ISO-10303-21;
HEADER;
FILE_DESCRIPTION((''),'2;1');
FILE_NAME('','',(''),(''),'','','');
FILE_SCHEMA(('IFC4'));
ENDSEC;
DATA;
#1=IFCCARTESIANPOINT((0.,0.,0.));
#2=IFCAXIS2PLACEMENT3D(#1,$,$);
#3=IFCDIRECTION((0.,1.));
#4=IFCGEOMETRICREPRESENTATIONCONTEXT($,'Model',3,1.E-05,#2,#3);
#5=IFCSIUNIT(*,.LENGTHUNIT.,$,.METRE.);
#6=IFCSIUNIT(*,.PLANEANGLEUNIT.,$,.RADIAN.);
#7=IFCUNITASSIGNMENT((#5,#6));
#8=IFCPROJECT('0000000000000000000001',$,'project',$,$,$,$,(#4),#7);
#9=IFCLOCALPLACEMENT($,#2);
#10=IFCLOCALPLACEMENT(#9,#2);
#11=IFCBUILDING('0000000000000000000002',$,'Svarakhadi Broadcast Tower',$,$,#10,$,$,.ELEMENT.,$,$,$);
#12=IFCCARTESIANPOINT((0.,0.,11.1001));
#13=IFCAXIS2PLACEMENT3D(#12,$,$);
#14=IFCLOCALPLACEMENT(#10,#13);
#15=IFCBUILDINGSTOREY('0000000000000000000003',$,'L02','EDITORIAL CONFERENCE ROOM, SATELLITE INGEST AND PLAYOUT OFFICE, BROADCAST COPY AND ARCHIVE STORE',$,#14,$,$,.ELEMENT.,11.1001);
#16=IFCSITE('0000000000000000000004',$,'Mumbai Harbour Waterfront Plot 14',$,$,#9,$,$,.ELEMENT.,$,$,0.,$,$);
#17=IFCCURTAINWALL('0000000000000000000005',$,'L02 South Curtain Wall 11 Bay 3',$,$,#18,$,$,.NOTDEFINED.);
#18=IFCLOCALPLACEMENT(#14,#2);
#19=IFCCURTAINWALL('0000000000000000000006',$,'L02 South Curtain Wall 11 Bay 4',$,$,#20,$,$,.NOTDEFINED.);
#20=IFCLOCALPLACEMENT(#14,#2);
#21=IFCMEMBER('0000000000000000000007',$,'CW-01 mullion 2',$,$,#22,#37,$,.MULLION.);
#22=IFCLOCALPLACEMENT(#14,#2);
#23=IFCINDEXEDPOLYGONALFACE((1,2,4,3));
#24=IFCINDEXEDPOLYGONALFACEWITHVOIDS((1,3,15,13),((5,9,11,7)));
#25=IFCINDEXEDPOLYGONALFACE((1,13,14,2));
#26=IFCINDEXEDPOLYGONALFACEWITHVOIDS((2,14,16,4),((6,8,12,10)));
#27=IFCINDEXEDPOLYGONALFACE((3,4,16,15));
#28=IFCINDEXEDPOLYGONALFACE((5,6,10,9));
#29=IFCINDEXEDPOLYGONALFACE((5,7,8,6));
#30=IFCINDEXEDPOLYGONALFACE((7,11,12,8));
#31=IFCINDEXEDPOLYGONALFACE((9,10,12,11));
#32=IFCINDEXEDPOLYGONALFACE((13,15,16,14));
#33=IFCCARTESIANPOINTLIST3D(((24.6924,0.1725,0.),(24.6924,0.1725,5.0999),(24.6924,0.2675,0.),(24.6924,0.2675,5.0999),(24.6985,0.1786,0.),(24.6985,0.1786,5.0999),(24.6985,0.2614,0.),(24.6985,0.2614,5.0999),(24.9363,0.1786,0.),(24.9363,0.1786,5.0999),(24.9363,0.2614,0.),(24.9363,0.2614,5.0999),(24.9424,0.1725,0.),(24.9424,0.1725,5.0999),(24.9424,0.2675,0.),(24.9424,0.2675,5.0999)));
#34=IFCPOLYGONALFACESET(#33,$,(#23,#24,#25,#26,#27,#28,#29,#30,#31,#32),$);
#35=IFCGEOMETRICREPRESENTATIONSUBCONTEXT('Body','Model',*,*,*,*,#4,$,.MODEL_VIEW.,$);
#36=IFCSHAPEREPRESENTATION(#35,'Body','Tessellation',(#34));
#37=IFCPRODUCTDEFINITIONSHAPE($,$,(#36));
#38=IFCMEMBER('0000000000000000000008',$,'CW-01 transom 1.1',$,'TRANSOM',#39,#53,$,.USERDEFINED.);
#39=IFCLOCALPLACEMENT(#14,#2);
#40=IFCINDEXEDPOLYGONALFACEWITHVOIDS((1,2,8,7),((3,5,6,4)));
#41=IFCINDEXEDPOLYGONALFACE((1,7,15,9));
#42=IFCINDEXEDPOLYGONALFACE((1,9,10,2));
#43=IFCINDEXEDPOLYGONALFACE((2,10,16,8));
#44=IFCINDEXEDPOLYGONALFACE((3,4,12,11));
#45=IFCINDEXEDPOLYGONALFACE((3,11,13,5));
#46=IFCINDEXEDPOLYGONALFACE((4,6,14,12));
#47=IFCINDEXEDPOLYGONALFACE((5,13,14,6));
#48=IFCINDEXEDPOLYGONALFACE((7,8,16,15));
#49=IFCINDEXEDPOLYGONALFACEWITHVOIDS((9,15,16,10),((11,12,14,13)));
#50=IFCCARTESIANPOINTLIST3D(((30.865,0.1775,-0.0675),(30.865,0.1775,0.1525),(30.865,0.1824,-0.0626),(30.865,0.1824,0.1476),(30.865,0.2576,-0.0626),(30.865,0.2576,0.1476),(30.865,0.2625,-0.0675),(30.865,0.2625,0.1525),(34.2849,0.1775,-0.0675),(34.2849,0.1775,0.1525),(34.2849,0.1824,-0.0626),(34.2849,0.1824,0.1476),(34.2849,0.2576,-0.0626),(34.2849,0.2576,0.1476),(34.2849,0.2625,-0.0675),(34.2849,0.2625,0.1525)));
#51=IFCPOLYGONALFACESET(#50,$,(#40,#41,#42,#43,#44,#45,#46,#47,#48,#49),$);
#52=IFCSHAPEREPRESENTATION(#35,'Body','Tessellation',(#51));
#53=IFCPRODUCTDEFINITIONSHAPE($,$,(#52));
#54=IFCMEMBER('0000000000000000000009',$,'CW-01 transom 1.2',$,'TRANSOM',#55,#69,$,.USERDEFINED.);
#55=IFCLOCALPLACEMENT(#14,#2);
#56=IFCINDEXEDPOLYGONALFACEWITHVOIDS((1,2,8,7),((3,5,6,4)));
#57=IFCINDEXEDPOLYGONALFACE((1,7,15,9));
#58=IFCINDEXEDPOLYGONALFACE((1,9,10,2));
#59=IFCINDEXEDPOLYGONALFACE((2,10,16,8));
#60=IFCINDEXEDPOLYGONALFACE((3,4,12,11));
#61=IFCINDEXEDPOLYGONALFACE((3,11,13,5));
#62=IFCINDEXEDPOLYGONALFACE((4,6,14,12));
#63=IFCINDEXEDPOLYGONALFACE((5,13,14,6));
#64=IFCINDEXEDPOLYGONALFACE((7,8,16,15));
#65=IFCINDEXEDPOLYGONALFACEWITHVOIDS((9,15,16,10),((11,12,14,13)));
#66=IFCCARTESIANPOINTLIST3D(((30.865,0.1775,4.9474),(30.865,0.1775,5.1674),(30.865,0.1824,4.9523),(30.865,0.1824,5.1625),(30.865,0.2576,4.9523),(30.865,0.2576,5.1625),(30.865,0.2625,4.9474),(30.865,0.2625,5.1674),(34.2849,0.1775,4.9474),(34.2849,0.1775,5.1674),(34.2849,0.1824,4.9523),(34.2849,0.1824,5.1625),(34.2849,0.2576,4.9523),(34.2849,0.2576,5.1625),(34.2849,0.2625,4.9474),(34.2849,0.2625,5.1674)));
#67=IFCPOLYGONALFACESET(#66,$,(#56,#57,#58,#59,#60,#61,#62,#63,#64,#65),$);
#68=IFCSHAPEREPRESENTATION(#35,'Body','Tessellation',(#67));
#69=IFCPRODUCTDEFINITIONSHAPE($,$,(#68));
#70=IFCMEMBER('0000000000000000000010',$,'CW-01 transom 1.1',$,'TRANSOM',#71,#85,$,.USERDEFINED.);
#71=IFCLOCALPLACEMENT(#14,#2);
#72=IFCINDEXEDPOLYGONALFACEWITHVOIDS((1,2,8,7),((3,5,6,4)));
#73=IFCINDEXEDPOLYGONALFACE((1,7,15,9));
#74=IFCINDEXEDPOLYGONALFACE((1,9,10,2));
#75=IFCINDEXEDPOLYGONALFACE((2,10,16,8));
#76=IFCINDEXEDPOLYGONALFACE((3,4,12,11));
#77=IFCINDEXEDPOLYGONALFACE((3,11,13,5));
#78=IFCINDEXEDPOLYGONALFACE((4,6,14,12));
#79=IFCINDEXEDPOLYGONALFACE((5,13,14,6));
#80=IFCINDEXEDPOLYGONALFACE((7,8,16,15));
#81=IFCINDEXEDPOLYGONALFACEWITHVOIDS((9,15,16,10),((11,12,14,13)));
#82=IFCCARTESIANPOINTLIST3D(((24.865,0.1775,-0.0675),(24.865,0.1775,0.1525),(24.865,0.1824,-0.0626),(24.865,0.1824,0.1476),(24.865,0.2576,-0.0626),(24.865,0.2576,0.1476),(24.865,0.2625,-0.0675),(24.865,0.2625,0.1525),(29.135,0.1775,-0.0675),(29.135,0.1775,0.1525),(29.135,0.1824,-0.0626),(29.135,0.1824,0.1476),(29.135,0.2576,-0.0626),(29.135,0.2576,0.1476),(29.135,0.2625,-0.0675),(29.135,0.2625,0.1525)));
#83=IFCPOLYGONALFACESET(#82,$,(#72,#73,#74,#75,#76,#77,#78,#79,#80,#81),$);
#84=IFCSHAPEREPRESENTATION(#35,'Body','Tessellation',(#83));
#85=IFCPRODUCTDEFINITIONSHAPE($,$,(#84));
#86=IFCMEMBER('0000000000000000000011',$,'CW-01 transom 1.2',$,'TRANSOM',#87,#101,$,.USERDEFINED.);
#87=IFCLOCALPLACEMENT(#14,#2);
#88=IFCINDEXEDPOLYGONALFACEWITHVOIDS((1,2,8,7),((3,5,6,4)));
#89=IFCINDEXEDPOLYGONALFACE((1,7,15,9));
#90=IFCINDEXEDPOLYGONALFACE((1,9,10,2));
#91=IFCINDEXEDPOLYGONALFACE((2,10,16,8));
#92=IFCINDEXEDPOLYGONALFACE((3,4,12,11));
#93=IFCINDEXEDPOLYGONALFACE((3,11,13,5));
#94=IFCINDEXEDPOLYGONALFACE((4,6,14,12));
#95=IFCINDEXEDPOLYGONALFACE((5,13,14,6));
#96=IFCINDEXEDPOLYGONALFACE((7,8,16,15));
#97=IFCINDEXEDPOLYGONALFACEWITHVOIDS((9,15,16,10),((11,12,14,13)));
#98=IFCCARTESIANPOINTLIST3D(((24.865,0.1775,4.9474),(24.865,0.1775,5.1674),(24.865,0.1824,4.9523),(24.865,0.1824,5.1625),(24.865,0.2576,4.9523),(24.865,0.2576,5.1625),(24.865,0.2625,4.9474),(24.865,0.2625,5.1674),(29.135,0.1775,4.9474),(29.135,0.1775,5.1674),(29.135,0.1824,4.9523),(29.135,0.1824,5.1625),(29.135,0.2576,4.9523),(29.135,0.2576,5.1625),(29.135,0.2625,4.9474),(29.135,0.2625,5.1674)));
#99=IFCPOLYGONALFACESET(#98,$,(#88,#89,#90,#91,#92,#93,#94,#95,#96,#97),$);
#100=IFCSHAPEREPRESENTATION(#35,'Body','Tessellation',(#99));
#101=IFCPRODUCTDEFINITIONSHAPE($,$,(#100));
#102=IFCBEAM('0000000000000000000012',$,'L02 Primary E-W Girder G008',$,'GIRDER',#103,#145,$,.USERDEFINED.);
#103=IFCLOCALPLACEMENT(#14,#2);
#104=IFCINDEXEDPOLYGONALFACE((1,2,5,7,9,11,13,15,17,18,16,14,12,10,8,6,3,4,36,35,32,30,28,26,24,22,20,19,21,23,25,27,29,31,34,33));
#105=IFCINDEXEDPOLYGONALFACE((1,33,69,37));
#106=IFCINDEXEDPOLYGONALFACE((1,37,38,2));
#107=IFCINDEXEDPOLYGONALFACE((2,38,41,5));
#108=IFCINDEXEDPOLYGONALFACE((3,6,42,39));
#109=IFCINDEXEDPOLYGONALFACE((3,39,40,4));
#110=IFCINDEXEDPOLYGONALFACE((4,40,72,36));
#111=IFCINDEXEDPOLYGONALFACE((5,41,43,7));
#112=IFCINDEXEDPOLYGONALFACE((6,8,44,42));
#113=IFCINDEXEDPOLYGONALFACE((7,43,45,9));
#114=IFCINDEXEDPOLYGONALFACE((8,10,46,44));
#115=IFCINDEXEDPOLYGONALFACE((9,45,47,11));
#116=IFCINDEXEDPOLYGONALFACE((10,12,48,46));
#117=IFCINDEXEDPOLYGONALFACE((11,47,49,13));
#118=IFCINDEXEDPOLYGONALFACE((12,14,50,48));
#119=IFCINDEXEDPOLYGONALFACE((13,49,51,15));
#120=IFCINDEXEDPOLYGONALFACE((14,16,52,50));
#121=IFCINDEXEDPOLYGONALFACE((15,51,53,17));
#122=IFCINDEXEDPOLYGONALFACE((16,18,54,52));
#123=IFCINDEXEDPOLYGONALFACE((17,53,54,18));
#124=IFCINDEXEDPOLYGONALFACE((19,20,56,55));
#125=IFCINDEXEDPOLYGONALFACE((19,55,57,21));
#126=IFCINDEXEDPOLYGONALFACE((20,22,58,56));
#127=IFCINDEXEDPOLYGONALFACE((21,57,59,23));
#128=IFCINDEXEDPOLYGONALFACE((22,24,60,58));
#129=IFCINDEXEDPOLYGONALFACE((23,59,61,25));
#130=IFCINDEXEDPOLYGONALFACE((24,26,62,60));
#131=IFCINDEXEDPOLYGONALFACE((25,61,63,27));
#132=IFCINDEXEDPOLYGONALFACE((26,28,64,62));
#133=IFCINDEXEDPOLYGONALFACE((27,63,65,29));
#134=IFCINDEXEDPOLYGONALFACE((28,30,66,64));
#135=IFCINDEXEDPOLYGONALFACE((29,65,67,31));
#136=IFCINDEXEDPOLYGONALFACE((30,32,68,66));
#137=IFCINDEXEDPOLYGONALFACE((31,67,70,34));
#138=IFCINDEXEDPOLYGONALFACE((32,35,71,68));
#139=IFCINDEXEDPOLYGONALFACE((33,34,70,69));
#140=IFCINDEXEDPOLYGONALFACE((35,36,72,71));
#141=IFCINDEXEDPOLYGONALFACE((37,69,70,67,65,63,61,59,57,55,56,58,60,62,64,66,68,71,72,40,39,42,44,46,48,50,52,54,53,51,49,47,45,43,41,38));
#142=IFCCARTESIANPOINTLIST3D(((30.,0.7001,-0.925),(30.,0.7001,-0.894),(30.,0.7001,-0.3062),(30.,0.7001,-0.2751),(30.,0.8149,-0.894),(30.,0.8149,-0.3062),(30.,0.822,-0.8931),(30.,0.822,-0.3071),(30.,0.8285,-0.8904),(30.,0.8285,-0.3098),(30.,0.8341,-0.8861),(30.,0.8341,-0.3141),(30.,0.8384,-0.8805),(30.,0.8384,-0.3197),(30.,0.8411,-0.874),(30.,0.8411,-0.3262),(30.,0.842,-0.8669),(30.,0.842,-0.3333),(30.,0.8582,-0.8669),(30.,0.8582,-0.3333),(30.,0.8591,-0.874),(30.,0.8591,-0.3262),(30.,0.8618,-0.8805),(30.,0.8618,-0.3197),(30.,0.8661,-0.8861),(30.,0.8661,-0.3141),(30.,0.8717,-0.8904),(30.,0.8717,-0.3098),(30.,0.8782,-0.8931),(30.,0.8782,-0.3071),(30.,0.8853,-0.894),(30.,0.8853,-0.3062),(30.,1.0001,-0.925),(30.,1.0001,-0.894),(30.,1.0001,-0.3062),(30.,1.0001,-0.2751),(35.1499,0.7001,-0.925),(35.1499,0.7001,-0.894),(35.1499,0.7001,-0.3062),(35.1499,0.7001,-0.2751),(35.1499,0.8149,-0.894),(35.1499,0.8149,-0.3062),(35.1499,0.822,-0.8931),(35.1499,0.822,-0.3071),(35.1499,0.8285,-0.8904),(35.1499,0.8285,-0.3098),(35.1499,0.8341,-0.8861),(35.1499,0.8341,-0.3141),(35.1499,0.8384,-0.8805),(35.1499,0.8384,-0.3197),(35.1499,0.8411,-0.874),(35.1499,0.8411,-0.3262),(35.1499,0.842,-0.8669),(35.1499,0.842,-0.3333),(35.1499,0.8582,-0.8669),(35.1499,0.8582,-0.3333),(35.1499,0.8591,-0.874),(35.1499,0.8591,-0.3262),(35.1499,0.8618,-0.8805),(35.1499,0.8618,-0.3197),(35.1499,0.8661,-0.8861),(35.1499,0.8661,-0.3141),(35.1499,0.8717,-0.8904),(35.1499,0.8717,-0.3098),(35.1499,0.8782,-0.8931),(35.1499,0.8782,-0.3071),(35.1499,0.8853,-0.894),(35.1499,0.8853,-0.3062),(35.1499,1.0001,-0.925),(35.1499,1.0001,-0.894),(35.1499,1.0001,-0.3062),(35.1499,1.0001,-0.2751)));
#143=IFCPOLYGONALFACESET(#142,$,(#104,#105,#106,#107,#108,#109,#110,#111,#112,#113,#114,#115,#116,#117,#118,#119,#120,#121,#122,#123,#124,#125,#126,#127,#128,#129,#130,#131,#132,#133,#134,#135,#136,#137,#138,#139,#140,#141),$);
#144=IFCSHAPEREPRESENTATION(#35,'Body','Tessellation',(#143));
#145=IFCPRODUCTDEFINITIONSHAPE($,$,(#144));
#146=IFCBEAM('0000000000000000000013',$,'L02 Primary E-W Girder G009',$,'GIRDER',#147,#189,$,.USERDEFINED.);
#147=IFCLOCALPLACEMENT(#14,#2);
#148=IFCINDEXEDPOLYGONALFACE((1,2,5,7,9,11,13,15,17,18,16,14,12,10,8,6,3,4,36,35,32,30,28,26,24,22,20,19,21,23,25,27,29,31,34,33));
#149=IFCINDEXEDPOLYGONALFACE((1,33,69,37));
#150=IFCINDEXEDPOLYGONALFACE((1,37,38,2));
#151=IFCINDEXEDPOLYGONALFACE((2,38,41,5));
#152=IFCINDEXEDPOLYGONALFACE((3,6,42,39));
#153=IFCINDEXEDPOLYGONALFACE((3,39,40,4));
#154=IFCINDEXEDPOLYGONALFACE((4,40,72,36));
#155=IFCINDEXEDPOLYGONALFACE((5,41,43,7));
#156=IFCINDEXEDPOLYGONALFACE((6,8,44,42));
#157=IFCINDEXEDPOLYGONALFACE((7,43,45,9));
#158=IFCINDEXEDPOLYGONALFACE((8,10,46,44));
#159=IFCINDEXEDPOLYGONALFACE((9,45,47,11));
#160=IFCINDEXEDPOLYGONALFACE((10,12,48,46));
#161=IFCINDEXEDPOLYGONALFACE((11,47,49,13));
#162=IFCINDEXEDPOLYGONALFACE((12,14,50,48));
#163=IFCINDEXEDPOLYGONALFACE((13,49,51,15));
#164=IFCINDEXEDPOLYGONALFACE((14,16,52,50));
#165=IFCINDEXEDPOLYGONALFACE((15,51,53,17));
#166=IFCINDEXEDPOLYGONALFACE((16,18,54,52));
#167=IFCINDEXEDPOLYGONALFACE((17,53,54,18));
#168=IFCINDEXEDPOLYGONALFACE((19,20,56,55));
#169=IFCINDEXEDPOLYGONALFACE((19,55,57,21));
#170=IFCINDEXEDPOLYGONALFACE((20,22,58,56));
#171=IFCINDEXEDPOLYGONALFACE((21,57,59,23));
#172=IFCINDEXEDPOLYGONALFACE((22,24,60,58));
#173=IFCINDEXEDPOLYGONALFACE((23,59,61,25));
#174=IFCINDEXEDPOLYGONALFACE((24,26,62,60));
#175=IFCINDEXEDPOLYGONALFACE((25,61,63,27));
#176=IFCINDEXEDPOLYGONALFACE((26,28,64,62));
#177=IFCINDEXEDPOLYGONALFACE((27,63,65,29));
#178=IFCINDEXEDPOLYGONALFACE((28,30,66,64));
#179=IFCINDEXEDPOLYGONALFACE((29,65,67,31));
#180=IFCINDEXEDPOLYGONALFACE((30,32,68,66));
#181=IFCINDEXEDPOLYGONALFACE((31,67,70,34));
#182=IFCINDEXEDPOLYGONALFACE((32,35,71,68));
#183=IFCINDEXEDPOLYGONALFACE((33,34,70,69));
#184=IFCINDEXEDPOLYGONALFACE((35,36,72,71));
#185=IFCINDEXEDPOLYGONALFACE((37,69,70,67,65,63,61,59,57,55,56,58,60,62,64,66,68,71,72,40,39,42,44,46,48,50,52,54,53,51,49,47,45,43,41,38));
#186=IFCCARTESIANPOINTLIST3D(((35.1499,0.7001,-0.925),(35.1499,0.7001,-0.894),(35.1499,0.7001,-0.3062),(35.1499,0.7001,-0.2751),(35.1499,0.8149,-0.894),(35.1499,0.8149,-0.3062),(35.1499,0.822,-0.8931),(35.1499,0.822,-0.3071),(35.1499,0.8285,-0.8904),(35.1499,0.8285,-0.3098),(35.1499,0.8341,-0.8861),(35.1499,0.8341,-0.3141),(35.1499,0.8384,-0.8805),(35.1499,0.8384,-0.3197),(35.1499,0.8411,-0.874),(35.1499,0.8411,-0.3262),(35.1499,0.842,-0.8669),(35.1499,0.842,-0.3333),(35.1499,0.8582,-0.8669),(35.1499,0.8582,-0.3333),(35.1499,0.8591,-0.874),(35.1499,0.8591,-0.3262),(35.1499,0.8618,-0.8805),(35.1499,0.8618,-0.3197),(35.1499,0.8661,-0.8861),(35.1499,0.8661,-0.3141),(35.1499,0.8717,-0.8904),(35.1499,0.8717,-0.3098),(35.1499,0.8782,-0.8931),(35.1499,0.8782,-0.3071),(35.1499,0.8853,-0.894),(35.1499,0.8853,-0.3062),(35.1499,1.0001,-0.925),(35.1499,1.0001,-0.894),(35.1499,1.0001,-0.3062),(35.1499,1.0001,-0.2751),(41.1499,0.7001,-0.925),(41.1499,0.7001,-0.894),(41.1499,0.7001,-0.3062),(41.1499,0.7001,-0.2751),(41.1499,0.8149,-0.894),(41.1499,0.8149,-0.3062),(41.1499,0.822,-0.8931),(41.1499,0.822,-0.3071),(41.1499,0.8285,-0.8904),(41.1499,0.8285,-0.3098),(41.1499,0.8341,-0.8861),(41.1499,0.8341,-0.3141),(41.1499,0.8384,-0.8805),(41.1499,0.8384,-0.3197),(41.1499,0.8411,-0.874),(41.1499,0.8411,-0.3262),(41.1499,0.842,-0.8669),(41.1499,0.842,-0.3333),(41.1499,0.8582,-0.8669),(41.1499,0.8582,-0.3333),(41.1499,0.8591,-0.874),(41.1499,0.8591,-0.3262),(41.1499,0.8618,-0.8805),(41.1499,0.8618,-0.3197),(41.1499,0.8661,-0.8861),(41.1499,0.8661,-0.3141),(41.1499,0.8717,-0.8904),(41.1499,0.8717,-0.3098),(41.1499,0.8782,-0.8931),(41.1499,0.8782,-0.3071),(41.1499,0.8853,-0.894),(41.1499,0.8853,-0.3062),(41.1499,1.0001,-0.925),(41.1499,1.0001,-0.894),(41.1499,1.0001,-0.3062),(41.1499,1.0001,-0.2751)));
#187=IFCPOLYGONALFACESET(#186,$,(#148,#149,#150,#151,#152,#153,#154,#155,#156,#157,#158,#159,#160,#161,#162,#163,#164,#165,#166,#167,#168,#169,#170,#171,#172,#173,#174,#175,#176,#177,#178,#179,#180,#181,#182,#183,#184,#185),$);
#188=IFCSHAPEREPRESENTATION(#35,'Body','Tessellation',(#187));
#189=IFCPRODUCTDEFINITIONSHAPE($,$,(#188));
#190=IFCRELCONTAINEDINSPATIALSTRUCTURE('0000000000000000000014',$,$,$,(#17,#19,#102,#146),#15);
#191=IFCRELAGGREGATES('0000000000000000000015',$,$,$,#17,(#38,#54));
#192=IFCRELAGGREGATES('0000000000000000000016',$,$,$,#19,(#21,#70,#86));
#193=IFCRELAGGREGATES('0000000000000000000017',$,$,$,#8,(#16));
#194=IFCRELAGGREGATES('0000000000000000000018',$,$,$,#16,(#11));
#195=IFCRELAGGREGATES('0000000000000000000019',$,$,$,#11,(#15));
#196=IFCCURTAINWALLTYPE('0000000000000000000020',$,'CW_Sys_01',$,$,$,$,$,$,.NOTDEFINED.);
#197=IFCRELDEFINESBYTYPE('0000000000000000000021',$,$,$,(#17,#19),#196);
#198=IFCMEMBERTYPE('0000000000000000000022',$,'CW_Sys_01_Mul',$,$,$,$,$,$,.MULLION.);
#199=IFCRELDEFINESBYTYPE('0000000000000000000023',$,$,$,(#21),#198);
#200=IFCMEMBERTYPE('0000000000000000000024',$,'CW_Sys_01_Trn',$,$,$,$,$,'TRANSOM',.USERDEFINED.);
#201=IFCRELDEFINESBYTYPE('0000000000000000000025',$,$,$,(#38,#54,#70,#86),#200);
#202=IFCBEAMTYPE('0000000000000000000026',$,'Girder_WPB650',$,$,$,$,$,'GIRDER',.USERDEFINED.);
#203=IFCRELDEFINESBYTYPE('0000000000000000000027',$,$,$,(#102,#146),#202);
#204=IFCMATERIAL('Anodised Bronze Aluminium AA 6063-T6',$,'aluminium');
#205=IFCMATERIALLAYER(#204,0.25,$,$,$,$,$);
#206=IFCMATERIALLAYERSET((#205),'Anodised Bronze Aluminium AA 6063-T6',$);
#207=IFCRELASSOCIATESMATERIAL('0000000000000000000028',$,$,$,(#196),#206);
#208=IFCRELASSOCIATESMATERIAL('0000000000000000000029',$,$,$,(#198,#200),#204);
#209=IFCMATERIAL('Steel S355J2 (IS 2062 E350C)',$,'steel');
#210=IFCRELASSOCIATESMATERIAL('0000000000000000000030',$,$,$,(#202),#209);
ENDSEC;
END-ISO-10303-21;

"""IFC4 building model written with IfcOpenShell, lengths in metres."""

from ifc_helpers import new_model, si_unit, direction, frame, origin, origin_2d, place, context, subcontext, project, spatial, hollow_rectangle, i_section, extrude, material, layer, layer_set, material_profile, profile_set, type_object, element, aggregate, save


model = new_model("IFC4")

# Units and contexts
model_context = context("Model", 3, precision=1e-05, world=origin(), true_north=direction((0.0, 1.0)))
body_context = subcontext(model_context, "Body", "Model", "MODEL_VIEW")
ifc_project = project(units=[si_unit("LENGTHUNIT", "METRE"), si_unit("PLANEANGLEUNIT", "RADIAN")], contexts=[model_context])

# Site, building, storey
site_placement = place(None, origin())
site = spatial("IfcSite", under=ifc_project, at=site_placement, Name="Mumbai Harbour Waterfront Plot 14", CompositionType="ELEMENT", RefElevation=0.0)
building_placement = place(site_placement, origin())
building = spatial("IfcBuilding", under=site, at=building_placement, Name="Svarakhadi Broadcast Tower", CompositionType="ELEMENT")
storey_placement = place(building_placement, frame((0.0, 0.0, 11.1001)))
storey = spatial("IfcBuildingStorey", under=building, at=storey_placement, Name="L02", Description="EDITORIAL CONFERENCE ROOM, SATELLITE INGEST AND PLAYOUT OFFICE, BROADCAST COPY AND ARCHIVE STORE", CompositionType="ELEMENT", Elevation=11.1001)

# Shared definitions
ifc_material_1 = material(Name="Anodised Bronze Aluminium AA 6063-T6", Category="aluminium")
ifc_layer_1 = layer(ifc_material_1, 0.25)
ifc_layer_set_1 = layer_set([ifc_layer_1], Name="Anodised Bronze Aluminium AA 6063-T6")
curtain_wall_type = type_object("IfcCurtainWallType", Name="CW_Sys_01", PredefinedType="NOTDEFINED", material=ifc_layer_set_1)
ifc_material_profile_1 = material_profile(ifc_material_1, hollow_rectangle(XDim=0.095, YDim=0.25, WallThickness=0.0061, at=origin_2d()), Name="ALU MULLION 250x95x6")
ifc_profile_set_1 = profile_set([ifc_material_profile_1], Name="Anodised Bronze Aluminium AA 6063-T6")
member_type_1 = type_object("IfcMemberType", Name="CW_Sys_01_Mul", PredefinedType="MULLION", material=ifc_profile_set_1)

# Curtain walls, member
curtain_wall_1_placement = place(storey_placement, origin())
curtain_wall_1 = element("IfcCurtainWall", 1, at=curtain_wall_1_placement, inside=storey, type_object=curtain_wall_type, Name="L02 South Curtain Wall 11 Bay 3", PredefinedType="NOTDEFINED")
curtain_wall_2_placement = place(storey_placement, origin())
curtain_wall_2 = element("IfcCurtainWall", 2, at=curtain_wall_2_placement, inside=storey, type_object=curtain_wall_type, Name="L02 South Curtain Wall 11 Bay 4", PredefinedType="NOTDEFINED")
member_1_placement = place(storey_placement, frame((24.8174, 0.22, 0.0), z_axis=(0.0, 0.0, 1.0), x_axis=(0.0, -1.0, 0.0)))
member_1 = element("IfcMember", 3, at=member_1_placement, type_object=member_type_1, Name="CW-01 mullion 2", PredefinedType="MULLION", context=body_context, shape_type="SweptSolid", body=[
    extrude(hollow_rectangle(XDim=0.095, YDim=0.25, WallThickness=0.0061, at=origin_2d()), origin(), (0.0, 0.0, 1.0), 5.0999),
])

# Members
ifc_material_profile_2 = material_profile(ifc_material_1, hollow_rectangle(XDim=0.085, YDim=0.22, WallThickness=0.0049, at=origin_2d()), Name="ALU TRANSOM 220x85x5")
ifc_profile_set_2 = profile_set([ifc_material_profile_2], Name="Anodised Bronze Aluminium AA 6063-T6")
member_type_2 = type_object("IfcMemberType", Name="CW_Sys_01_Trn", ElementType="TRANSOM", PredefinedType="USERDEFINED", material=ifc_profile_set_2)
member_2_placement = place(storey_placement, frame((34.2849, 0.22, 0.0425), z_axis=(-1.0, 0.0, 0.0), x_axis=(0.0, -1.0, 0.0)))
member_2 = element("IfcMember", 4, at=member_2_placement, type_object=member_type_2, Name="CW-01 transom 1.1", ObjectType="TRANSOM", PredefinedType="USERDEFINED", context=body_context, shape_type="SweptSolid", body=[
    extrude(hollow_rectangle(XDim=0.085, YDim=0.22, WallThickness=0.0049, at=origin_2d()), origin(), (0.0, 0.0, 1.0), 3.4199),
])
member_3_placement = place(storey_placement, frame((34.2849, 0.22, 5.0574), z_axis=(-1.0, 0.0, 0.0), x_axis=(0.0, -1.0, 0.0)))
member_3 = element("IfcMember", 5, at=member_3_placement, type_object=member_type_2, Name="CW-01 transom 1.2", ObjectType="TRANSOM", PredefinedType="USERDEFINED", context=body_context, shape_type="SweptSolid", body=[
    extrude(hollow_rectangle(XDim=0.085, YDim=0.22, WallThickness=0.0049, at=origin_2d()), origin(), (0.0, 0.0, 1.0), 3.4199),
])
member_4_placement = place(storey_placement, frame((29.135, 0.22, 0.0425), z_axis=(-1.0, 0.0, 0.0), x_axis=(0.0, -1.0, 0.0)))
member_4 = element("IfcMember", 6, at=member_4_placement, type_object=member_type_2, Name="CW-01 transom 1.1", ObjectType="TRANSOM", PredefinedType="USERDEFINED", context=body_context, shape_type="SweptSolid", body=[
    extrude(hollow_rectangle(XDim=0.085, YDim=0.22, WallThickness=0.0049, at=origin_2d()), origin(), (0.0, 0.0, 1.0), 4.27),
])
member_5_placement = place(storey_placement, frame((29.135, 0.22, 5.0574), z_axis=(-1.0, 0.0, 0.0), x_axis=(0.0, -1.0, 0.0)))
member_5 = element("IfcMember", 7, at=member_5_placement, type_object=member_type_2, Name="CW-01 transom 1.2", ObjectType="TRANSOM", PredefinedType="USERDEFINED", context=body_context, shape_type="SweptSolid", body=[
    extrude(hollow_rectangle(XDim=0.085, YDim=0.22, WallThickness=0.0049, at=origin_2d()), origin(), (0.0, 0.0, 1.0), 4.27),
])

# Beams
ifc_material_2 = material(Name="Steel S355J2 (IS 2062 E350C)", Category="steel")
ifc_material_profile_3 = material_profile(ifc_material_2, i_section(OverallWidth=0.3, OverallDepth=0.6499, WebThickness=0.0161, FlangeThickness=0.031, FilletRadius=0.0271, at=origin_2d()), Name="WPB 650x300x225")
ifc_profile_set_3 = profile_set([ifc_material_profile_3], Name="Steel S355J2 (IS 2062 E350C)")
beam_type_1 = type_object("IfcBeamType", Name="Girder_WPB650", ElementType="GIRDER", PredefinedType="USERDEFINED", material=ifc_profile_set_3)
beam_1_placement = place(storey_placement, frame((30.0, 0.8501, -0.6001), z_axis=(1.0, 0.0, 0.0), x_axis=(0.0, 1.0, 0.0)))
element("IfcBeam", 8, at=beam_1_placement, inside=storey, type_object=beam_type_1, Name="L02 Primary E-W Girder G008", ObjectType="GIRDER", PredefinedType="USERDEFINED", context=body_context, shape_type="SweptSolid", body=[
    extrude(i_section(OverallWidth=0.3, OverallDepth=0.6499, WebThickness=0.0161, FlangeThickness=0.031, FilletRadius=0.0271, at=origin_2d()), origin(), (0.0, 0.0, 1.0), 5.1499),
])
beam_2_placement = place(storey_placement, frame((35.1499, 0.8501, -0.6001), z_axis=(1.0, 0.0, 0.0), x_axis=(0.0, 1.0, 0.0)))
element("IfcBeam", 9, at=beam_2_placement, inside=storey, type_object=beam_type_1, Name="L02 Primary E-W Girder G009", ObjectType="GIRDER", PredefinedType="USERDEFINED", context=body_context, shape_type="SweptSolid", body=[
    extrude(i_section(OverallWidth=0.3, OverallDepth=0.6499, WebThickness=0.0161, FlangeThickness=0.031, FilletRadius=0.0271, at=origin_2d()), origin(), (0.0, 0.0, 1.0), 6.0),
])

aggregate(curtain_wall_1, [member_2, member_3])
aggregate(curtain_wall_2, [member_1, member_4, member_5])

save(model, "model.ifc")
